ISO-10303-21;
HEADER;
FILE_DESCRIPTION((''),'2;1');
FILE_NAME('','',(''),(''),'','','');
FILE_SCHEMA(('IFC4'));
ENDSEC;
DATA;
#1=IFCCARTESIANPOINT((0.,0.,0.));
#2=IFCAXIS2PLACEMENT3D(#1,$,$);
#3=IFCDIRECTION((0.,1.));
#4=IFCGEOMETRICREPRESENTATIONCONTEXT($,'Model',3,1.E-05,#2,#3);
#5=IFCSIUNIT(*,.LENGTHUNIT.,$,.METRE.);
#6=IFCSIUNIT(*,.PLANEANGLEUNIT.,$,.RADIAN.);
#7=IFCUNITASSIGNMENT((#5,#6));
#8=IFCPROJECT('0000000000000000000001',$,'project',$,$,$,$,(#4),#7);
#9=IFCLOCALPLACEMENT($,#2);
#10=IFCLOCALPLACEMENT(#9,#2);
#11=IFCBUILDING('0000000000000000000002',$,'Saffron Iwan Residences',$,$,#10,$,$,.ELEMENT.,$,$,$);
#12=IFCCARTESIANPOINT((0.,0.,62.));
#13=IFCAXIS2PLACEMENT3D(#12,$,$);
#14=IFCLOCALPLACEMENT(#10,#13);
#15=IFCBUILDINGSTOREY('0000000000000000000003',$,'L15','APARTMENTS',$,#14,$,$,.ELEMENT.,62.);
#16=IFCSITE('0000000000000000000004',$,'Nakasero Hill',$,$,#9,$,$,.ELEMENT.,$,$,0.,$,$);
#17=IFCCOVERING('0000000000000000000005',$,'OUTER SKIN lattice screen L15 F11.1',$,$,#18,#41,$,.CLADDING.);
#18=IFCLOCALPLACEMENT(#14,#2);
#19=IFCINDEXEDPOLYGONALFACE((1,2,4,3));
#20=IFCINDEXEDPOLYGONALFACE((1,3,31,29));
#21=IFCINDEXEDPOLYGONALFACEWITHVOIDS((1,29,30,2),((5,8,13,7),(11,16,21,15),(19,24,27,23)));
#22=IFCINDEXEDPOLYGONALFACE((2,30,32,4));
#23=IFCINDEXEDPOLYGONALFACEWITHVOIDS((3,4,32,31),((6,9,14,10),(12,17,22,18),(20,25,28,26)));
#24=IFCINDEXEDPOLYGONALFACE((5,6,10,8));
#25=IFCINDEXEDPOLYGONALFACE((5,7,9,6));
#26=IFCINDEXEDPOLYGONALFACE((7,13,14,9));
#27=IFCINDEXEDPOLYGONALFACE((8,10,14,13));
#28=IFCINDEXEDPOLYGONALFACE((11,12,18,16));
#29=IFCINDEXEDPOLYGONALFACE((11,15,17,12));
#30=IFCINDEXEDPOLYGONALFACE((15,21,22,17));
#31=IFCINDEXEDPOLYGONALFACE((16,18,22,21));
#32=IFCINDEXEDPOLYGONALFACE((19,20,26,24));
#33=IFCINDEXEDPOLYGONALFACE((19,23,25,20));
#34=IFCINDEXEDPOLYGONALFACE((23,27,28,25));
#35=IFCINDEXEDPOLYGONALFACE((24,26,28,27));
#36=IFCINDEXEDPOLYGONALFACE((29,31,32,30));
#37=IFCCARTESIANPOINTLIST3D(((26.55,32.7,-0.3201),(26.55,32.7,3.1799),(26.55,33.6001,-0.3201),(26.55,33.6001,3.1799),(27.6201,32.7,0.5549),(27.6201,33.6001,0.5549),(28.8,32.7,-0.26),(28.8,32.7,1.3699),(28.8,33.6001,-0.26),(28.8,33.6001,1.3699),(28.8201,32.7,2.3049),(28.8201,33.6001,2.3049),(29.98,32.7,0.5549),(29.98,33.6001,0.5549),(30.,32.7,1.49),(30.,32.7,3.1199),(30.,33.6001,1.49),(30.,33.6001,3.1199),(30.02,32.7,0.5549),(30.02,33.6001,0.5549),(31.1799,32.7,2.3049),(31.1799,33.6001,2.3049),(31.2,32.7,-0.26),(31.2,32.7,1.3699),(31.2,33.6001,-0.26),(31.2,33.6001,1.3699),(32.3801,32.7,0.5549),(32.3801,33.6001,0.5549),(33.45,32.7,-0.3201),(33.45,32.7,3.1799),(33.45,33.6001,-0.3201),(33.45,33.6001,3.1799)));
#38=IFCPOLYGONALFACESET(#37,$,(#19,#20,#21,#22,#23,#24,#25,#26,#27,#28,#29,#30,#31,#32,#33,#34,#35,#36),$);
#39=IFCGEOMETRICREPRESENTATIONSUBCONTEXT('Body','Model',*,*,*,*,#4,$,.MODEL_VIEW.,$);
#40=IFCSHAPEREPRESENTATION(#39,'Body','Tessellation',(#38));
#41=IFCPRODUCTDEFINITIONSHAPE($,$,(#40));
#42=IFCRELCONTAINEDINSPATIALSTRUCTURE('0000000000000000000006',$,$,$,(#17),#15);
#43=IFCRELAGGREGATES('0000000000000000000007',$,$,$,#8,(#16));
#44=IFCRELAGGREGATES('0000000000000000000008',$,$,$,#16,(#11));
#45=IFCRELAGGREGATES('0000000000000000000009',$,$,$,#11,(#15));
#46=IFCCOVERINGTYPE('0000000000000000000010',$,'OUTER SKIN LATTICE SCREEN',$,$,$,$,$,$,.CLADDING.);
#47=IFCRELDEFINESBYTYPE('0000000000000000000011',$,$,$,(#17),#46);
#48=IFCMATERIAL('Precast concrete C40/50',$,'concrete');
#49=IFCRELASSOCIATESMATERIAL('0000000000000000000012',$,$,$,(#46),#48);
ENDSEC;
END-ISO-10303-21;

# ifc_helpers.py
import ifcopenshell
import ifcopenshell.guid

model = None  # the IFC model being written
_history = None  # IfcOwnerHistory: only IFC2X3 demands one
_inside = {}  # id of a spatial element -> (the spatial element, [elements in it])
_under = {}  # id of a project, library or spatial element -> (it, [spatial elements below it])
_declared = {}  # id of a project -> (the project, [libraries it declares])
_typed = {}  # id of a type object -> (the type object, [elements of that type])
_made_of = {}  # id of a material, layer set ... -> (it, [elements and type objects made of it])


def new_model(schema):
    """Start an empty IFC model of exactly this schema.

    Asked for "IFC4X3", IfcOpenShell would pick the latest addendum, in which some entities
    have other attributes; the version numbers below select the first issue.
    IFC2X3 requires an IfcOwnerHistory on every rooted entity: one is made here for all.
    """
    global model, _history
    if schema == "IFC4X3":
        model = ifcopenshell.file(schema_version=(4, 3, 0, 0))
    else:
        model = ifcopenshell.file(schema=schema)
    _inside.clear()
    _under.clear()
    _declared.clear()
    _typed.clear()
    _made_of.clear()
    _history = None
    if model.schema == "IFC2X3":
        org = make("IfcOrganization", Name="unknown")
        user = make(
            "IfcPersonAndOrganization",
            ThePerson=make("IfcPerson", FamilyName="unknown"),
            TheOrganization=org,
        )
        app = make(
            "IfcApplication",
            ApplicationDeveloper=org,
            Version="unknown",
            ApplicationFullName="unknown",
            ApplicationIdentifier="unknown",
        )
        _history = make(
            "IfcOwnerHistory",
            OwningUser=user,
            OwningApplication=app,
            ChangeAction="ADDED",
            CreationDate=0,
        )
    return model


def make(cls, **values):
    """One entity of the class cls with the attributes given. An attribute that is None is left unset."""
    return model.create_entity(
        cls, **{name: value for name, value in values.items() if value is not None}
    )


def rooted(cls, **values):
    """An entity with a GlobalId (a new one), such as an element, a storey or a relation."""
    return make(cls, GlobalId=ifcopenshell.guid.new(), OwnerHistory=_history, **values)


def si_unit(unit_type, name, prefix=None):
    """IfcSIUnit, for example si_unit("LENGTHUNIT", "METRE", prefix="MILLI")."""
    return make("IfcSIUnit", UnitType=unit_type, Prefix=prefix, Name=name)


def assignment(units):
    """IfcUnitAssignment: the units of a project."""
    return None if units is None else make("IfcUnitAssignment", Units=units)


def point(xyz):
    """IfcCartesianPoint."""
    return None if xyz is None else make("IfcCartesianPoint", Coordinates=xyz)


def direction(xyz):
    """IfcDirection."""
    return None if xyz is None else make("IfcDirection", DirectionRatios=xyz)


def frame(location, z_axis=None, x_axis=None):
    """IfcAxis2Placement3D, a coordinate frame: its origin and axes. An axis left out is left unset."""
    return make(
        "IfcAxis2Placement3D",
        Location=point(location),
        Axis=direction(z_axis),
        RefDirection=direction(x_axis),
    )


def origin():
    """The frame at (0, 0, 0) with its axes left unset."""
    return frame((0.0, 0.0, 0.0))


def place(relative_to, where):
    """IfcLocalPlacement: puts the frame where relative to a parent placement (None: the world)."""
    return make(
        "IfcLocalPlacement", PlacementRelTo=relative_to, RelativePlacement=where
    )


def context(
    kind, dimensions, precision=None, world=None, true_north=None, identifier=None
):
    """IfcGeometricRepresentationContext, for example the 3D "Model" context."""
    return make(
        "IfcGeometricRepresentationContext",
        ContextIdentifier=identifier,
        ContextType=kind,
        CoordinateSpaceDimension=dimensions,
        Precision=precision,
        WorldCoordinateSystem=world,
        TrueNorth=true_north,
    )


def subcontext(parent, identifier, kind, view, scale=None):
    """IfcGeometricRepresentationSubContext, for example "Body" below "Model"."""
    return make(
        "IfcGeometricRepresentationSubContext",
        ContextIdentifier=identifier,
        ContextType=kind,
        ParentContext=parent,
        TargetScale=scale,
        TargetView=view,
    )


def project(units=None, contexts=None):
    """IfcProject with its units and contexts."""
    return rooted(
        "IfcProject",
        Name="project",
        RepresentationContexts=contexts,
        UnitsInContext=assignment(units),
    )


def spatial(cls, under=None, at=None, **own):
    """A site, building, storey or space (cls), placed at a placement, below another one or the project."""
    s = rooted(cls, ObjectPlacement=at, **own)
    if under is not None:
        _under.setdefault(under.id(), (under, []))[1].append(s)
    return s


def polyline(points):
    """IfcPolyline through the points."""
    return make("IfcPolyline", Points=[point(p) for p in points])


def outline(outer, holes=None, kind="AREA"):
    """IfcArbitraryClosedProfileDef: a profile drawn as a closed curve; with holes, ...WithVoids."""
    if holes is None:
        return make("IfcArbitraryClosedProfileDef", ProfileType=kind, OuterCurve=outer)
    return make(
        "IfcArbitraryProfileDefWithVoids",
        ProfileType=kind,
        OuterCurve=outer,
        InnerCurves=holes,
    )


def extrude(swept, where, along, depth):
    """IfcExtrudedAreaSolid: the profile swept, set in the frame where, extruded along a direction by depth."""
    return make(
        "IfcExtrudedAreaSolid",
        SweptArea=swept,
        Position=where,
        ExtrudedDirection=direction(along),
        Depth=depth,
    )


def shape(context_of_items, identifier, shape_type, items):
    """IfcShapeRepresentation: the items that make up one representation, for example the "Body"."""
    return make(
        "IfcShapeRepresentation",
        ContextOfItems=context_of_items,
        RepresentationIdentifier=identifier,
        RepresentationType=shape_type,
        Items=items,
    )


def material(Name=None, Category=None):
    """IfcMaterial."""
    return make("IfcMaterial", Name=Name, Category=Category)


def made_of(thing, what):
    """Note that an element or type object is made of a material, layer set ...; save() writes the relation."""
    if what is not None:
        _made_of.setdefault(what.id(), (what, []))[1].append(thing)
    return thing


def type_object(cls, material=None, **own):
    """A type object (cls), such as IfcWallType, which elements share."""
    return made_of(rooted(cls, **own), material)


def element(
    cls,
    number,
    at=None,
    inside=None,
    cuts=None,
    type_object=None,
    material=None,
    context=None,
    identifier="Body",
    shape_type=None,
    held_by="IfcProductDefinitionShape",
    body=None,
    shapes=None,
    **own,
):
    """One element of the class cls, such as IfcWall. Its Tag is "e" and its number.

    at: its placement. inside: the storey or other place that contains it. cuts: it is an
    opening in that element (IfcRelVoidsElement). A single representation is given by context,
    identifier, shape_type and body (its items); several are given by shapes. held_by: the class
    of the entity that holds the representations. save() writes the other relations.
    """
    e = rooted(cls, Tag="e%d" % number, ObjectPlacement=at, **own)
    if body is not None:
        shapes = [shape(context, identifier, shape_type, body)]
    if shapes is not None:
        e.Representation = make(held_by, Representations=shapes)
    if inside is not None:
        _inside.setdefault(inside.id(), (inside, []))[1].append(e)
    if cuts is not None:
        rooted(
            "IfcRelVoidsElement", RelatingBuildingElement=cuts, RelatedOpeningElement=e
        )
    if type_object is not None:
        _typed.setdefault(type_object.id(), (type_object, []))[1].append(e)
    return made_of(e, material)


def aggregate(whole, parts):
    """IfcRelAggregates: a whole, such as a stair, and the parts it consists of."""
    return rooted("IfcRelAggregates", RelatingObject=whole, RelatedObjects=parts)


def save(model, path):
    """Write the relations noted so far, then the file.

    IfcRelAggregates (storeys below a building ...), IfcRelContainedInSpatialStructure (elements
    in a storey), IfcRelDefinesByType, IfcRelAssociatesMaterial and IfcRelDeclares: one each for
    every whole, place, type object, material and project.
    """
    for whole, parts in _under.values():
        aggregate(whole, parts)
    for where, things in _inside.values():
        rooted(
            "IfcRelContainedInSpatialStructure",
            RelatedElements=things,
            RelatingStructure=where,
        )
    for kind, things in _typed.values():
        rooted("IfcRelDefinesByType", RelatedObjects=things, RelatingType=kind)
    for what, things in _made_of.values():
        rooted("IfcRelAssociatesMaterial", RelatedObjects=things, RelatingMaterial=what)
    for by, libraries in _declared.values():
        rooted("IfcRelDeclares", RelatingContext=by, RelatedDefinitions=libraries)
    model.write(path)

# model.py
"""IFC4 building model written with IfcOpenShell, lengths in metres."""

from ifc_helpers import new_model, si_unit, direction, frame, origin, place, context, subcontext, project, spatial, polyline, outline, extrude, material, type_object, element, save


model = new_model("IFC4")

# Units and contexts
model_context = context("Model", 3, precision=1e-05, world=origin(), true_north=direction((0.0, 1.0)))
body_context = subcontext(model_context, "Body", "Model", "MODEL_VIEW")
ifc_project = project(units=[si_unit("LENGTHUNIT", "METRE"), si_unit("PLANEANGLEUNIT", "RADIAN")], contexts=[model_context])

# Site, building, storey
site_placement = place(None, origin())
site = spatial("IfcSite", under=ifc_project, at=site_placement, Name="Nakasero Hill", CompositionType="ELEMENT", RefElevation=0.0)
building_placement = place(site_placement, origin())
building = spatial("IfcBuilding", under=site, at=building_placement, Name="Saffron Iwan Residences", CompositionType="ELEMENT")
storey_placement = place(building_placement, frame((0.0, 0.0, 62.0)))
storey = spatial("IfcBuildingStorey", under=building, at=storey_placement, Name="L15", Description="APARTMENTS", CompositionType="ELEMENT", Elevation=62.0)

# Covering
ifc_material_1 = material(Name="Precast concrete C40/50", Category="concrete")
covering_type = type_object("IfcCoveringType", Name="OUTER SKIN LATTICE SCREEN", PredefinedType="CLADDING", material=ifc_material_1)
covering_placement = place(storey_placement, frame((26.55, 33.6001, -0.3201), z_axis=(0.0, -1.0, 0.0), x_axis=(1.0, 0.0, 0.0)))
element("IfcCovering", 1, at=covering_placement, inside=storey, type_object=covering_type, Name="OUTER SKIN lattice screen L15 F11.1", PredefinedType="CLADDING", context=body_context, shape_type="SweptSolid", body=[
    extrude(outline(polyline([(0.0, 0.0), (6.8999, 0.0), (6.8999, 3.5), (0.0, 3.5), (0.0, 0.0)]), holes=[polyline([(1.0701, 0.875), (2.25, 0.0601), (3.4299, 0.875), (2.25, 1.6899), (1.0701, 0.875)]), polyline([(3.47, 0.875), (4.6499, 0.0601), (5.8301, 0.875), (4.6499, 1.6899), (3.47, 0.875)]), polyline([(2.27, 2.625), (3.45, 1.8101), (4.6299, 2.625), (3.45, 3.4399), (2.27, 2.625)])]), origin(), (0.0, 0.0, 1.0), 0.9001),
])

save(model, "model.ifc")
